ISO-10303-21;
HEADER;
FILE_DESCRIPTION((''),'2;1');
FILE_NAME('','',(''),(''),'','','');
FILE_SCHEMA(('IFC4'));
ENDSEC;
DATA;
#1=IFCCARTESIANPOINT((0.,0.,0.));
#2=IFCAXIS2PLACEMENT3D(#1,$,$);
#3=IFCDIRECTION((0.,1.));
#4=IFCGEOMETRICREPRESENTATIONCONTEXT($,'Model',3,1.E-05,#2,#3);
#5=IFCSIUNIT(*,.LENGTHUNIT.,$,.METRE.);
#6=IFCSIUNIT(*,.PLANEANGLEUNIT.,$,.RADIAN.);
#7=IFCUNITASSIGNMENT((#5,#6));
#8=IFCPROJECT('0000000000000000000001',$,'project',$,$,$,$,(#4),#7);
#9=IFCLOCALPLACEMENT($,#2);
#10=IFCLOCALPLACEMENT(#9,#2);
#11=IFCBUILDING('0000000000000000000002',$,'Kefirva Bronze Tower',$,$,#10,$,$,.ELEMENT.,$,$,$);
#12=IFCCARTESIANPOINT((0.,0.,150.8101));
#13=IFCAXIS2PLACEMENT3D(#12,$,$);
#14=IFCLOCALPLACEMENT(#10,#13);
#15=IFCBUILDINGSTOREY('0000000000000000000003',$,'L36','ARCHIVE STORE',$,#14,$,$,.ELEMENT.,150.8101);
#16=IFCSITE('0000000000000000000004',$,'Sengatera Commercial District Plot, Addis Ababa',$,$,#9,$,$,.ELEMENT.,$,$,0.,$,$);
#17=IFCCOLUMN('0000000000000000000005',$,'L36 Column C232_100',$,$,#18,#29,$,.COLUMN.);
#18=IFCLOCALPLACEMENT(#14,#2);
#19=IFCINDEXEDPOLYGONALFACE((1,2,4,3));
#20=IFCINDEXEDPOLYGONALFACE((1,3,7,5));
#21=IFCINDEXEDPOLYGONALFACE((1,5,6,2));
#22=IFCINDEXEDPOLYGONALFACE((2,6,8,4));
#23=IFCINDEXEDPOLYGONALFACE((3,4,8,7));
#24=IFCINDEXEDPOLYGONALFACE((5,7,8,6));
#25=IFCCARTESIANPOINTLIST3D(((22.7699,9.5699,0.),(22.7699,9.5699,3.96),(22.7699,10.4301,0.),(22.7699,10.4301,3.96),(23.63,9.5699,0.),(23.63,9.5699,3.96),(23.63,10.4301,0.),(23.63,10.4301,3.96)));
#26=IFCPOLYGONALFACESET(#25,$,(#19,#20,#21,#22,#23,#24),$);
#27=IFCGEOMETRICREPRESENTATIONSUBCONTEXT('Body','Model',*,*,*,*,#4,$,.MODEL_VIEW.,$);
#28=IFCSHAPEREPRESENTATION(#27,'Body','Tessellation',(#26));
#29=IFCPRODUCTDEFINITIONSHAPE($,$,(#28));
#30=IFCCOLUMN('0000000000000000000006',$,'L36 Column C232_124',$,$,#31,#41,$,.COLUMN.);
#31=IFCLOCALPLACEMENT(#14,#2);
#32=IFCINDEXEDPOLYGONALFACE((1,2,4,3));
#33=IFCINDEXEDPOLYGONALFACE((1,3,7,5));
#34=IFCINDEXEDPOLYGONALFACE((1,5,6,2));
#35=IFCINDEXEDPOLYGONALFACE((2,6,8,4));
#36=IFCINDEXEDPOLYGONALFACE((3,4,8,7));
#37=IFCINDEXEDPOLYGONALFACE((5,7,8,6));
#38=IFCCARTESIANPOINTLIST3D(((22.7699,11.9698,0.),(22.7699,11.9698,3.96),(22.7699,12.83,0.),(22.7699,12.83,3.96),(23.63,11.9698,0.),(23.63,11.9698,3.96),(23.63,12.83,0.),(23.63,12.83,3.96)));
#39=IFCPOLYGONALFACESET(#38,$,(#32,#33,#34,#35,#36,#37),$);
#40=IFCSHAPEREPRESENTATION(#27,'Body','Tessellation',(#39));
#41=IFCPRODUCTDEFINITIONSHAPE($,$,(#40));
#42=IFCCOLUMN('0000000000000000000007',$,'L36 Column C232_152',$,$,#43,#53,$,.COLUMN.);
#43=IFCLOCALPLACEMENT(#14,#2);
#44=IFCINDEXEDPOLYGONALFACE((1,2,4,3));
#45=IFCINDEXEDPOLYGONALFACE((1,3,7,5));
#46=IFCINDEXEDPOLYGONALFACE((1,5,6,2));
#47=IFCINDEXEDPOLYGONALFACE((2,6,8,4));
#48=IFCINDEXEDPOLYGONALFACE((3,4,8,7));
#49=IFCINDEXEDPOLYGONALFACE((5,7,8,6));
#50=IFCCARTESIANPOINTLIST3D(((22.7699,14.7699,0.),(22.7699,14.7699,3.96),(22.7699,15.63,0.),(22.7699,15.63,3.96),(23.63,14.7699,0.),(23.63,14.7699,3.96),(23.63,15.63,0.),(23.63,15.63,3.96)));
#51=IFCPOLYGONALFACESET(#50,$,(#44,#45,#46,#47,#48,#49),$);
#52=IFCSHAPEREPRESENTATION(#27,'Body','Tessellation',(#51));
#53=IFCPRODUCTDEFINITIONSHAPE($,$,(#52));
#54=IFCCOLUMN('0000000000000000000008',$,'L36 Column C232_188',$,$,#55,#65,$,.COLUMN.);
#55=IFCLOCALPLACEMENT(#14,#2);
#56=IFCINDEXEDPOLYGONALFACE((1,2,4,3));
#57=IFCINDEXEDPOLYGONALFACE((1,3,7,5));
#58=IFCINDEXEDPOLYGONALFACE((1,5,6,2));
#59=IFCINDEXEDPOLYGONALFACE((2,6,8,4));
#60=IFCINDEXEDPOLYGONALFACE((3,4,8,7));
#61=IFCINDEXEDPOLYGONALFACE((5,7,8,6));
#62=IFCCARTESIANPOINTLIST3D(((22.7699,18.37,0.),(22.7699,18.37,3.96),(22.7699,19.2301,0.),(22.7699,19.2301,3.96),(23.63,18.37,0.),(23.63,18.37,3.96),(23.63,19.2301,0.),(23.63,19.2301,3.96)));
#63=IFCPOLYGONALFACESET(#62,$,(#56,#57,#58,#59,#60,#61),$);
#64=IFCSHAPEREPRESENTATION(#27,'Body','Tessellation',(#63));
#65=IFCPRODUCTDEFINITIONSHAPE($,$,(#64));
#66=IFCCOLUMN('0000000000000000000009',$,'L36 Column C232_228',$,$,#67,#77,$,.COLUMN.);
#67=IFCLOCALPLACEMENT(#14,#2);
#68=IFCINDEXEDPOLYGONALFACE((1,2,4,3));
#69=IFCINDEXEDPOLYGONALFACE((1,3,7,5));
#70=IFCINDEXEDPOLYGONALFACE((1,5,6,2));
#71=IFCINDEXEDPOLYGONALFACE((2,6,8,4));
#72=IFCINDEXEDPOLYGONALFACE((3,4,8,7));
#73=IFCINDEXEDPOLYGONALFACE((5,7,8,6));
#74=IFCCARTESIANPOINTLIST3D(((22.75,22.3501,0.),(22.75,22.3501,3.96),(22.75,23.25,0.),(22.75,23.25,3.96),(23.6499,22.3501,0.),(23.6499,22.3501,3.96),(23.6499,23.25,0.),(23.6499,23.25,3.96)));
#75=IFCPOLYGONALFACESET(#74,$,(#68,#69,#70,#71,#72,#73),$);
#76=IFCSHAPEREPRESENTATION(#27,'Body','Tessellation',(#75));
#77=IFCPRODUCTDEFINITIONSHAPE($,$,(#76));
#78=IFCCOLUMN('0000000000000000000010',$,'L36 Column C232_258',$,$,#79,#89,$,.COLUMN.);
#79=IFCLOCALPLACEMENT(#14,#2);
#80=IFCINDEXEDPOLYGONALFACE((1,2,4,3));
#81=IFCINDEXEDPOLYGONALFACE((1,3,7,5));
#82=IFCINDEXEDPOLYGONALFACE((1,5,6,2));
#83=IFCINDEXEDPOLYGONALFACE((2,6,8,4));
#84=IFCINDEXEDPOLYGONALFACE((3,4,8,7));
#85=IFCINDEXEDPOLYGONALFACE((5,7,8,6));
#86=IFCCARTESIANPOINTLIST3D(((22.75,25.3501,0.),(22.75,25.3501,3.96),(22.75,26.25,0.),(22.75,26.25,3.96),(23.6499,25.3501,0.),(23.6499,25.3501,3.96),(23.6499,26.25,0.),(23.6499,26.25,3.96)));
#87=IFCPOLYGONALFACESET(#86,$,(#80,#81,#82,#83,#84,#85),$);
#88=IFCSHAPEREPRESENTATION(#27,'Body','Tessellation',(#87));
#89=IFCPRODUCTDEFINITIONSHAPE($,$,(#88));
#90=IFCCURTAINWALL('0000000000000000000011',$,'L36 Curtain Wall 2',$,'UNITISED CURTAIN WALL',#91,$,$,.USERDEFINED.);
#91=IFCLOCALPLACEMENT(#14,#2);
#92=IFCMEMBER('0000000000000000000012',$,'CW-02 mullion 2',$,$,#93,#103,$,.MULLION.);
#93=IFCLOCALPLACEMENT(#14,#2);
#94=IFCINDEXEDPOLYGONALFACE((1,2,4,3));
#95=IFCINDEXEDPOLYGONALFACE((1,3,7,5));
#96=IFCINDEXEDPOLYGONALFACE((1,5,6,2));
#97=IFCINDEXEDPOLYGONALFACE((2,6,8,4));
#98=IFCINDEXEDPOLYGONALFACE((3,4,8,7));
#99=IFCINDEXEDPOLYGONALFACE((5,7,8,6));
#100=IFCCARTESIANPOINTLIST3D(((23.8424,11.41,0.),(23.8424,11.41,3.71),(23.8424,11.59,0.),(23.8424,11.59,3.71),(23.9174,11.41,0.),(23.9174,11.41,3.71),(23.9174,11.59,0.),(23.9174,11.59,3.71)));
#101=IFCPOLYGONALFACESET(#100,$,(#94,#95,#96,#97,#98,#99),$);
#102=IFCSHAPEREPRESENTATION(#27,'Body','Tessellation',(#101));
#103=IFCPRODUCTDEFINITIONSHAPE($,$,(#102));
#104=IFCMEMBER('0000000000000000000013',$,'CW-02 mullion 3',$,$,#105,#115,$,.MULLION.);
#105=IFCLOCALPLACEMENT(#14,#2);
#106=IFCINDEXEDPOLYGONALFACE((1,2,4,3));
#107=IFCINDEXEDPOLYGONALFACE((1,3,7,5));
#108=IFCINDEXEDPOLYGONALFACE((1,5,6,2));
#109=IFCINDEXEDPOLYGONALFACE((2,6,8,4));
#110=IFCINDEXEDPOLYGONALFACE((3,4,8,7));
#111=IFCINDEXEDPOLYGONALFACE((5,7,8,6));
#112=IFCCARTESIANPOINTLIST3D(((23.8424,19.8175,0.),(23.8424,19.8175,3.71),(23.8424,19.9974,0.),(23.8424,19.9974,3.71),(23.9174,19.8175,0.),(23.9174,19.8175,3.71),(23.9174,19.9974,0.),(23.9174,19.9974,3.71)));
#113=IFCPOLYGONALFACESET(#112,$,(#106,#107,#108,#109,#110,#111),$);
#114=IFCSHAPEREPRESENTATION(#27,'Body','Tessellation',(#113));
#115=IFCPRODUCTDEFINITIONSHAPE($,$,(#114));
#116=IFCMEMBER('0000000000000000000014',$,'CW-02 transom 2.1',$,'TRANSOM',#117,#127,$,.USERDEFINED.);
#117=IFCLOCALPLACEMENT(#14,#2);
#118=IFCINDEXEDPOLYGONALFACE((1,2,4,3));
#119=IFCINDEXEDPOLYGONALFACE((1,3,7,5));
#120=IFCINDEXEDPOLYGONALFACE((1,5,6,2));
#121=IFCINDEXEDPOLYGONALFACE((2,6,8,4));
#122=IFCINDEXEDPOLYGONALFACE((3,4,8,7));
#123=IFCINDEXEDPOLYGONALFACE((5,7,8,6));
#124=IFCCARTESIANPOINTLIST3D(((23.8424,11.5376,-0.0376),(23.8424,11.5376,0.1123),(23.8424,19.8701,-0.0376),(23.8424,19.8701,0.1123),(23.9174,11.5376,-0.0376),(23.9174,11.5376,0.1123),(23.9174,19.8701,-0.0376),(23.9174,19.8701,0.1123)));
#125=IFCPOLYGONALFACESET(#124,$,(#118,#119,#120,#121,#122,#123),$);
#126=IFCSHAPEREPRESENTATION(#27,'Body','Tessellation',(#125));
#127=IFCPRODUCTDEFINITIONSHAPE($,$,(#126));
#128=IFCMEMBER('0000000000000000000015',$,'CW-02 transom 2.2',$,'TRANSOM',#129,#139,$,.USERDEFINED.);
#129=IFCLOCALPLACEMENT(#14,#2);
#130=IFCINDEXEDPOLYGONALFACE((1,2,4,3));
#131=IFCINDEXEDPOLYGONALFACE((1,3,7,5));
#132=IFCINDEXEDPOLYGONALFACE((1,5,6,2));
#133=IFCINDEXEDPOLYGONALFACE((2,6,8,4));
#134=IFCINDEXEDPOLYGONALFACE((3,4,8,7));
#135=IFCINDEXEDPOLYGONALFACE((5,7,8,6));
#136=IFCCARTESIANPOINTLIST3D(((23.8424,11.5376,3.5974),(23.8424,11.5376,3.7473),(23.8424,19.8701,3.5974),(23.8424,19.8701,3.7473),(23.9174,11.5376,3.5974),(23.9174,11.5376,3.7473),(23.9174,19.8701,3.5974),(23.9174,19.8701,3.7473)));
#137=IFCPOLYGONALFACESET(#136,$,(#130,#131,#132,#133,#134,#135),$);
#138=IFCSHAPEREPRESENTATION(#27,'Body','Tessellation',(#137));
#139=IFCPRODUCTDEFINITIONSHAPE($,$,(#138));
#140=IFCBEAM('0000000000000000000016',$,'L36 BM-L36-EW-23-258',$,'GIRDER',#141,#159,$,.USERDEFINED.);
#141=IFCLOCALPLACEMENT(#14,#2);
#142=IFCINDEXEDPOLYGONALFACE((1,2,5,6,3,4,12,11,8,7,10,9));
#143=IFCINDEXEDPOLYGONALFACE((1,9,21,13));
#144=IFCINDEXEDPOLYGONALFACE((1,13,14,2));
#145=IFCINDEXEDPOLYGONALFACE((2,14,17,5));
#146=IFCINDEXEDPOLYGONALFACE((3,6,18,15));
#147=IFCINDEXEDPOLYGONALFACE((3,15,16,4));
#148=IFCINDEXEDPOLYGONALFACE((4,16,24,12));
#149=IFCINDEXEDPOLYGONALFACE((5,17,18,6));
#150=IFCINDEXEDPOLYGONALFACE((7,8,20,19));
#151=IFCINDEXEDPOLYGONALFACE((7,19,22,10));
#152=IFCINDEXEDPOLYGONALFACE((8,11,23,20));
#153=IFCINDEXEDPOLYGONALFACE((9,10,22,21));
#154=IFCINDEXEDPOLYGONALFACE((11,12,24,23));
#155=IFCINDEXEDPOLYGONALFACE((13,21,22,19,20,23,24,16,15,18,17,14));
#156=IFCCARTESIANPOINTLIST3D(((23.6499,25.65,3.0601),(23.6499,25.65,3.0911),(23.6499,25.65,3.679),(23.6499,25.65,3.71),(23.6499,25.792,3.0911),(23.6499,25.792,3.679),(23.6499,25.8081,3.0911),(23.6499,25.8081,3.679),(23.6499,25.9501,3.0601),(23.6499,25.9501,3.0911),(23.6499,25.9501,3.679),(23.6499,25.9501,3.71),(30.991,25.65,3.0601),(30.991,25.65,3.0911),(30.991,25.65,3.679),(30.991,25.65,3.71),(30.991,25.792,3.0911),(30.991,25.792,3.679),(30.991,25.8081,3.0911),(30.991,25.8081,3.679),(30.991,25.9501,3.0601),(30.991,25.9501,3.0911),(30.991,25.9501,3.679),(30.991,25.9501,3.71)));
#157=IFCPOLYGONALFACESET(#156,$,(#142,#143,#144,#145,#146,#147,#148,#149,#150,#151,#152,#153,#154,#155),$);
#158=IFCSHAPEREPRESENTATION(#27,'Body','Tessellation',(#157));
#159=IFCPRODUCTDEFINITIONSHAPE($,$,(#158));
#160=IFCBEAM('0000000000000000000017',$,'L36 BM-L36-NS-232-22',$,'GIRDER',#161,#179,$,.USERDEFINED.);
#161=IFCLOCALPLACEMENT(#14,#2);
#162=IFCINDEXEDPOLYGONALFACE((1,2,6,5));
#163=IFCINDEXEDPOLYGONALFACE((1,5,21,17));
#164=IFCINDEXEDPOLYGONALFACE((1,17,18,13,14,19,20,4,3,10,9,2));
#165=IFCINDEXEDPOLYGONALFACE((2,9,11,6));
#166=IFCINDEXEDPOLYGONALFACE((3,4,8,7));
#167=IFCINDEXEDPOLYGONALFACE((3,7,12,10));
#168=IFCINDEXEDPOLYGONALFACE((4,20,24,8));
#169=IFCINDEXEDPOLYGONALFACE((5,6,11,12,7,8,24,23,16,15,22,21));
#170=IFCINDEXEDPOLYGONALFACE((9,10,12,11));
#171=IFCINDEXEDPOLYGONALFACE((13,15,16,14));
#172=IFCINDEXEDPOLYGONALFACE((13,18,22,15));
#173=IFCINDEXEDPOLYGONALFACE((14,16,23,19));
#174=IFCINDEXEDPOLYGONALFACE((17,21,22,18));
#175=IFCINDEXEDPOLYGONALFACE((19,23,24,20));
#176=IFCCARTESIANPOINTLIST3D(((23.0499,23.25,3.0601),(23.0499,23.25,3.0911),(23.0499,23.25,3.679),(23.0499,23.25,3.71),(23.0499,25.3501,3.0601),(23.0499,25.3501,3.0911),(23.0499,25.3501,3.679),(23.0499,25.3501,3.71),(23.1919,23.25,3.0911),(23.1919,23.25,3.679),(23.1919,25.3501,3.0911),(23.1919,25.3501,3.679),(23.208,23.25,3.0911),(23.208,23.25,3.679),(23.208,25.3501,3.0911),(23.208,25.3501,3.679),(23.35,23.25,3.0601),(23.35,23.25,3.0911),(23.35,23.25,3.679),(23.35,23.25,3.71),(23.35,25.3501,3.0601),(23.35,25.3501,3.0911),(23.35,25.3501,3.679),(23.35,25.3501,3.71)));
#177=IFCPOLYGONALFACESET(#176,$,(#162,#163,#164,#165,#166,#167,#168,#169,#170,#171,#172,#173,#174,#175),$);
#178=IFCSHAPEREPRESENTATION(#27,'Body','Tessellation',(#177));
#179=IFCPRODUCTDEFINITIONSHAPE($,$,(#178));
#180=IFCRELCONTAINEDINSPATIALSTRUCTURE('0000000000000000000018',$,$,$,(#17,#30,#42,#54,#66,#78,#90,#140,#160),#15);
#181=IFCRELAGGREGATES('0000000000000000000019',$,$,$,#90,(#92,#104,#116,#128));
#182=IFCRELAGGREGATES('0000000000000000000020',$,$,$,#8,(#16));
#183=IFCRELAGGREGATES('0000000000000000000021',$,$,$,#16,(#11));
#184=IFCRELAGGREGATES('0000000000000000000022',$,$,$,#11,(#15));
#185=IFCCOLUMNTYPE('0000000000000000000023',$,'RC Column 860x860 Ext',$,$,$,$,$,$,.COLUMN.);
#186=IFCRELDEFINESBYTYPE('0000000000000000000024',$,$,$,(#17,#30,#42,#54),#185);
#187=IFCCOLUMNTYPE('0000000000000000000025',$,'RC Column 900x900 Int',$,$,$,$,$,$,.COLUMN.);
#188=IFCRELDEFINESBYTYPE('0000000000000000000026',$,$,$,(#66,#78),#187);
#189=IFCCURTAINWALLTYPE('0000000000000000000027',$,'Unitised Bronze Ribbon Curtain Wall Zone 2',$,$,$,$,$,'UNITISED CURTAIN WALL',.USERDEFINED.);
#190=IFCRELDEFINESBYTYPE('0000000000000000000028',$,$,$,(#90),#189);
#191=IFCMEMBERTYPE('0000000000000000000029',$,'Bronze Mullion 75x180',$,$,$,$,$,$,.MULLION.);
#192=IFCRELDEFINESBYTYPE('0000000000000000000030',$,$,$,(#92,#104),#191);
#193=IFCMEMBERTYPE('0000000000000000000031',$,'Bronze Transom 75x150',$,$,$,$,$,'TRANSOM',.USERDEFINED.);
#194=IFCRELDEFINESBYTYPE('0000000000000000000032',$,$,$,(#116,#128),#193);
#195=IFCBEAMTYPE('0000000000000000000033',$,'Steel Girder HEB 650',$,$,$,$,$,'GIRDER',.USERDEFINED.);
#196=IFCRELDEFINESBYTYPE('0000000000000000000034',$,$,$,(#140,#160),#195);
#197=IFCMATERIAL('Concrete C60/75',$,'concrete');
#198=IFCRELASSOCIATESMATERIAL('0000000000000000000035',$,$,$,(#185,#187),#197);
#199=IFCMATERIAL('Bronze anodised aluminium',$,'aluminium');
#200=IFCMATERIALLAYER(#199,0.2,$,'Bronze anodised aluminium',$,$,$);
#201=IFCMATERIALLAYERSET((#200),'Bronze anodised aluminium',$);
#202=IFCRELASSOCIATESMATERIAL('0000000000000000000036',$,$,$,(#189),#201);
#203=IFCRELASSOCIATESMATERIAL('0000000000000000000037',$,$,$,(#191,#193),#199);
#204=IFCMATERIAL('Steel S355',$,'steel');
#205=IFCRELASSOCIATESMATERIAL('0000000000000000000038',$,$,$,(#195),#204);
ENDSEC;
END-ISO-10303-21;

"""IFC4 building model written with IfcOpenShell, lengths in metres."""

from ifc_helpers import new_model, si_unit, direction, frame, origin, origin_2d, place, context, subcontext, project, spatial, rectangle, i_section, extrude, material, layer, layer_set, material_profile, profile_set, type_object, element, aggregate, save


model = new_model("IFC4")

# Units and contexts
model_context = context("Model", 3, precision=1e-05, world=origin(), true_north=direction((0.0, 1.0)))
body_context = subcontext(model_context, "Body", "Model", "MODEL_VIEW")
ifc_project = project(units=[si_unit("LENGTHUNIT", "METRE"), si_unit("PLANEANGLEUNIT", "RADIAN")], contexts=[model_context])

# Site, building, storey
site_placement = place(None, origin())
site = spatial("IfcSite", under=ifc_project, at=site_placement, Name="Sengatera Commercial District Plot, Addis Ababa", CompositionType="ELEMENT", RefElevation=0.0)
building_placement = place(site_placement, origin())
building = spatial("IfcBuilding", under=site, at=building_placement, Name="Kefirva Bronze Tower", CompositionType="ELEMENT")
storey_placement = place(building_placement, frame((0.0, 0.0, 150.8101)))
storey = spatial("IfcBuildingStorey", under=building, at=storey_placement, Name="L36", Description="ARCHIVE STORE", CompositionType="ELEMENT", Elevation=150.8101)

# Columns
ifc_material_1 = material(Name="Concrete C60/75", Category="concrete")
ifc_material_profile_1 = material_profile(ifc_material_1, rectangle(XDim=0.8601, YDim=0.8601, at=origin_2d()), Name="RC 860x860")
ifc_profile_set_1 = profile_set([ifc_material_profile_1], Name="Concrete C60/75")
column_type_1 = type_object("IfcColumnType", Name="RC Column 860x860 Ext", PredefinedType="COLUMN", material=ifc_profile_set_1)
for number, where, z_axis, x_axis, name in (
    (1, (23.2, 10.0, 0.0), (0.0, 0.0, 1.0), (1.0, 0.0, 0.0), "L36 Column C232_100"),
    (2, (23.2, 12.3999, 0.0), (0.0, 0.0, 1.0), (1.0, 0.0, 0.0), "L36 Column C232_124"),
    (3, (23.2, 15.2, 0.0), (0.0, 0.0, 1.0), (1.0, 0.0, 0.0), "L36 Column C232_152"),
    (4, (23.2, 18.8, 0.0), (0.0, 0.0, 1.0), (1.0, 0.0, 0.0), "L36 Column C232_188"),
):
    element("IfcColumn", number, at=place(storey_placement, frame(where, z_axis=z_axis, x_axis=x_axis)), inside=storey, type_object=column_type_1, Name=name, PredefinedType="COLUMN", context=body_context, shape_type="SweptSolid", body=[
        extrude(rectangle(XDim=0.8601, YDim=0.8601, at=origin_2d()), origin(), (0.0, 0.0, 1.0), 3.96),
    ])
ifc_material_profile_2 = material_profile(ifc_material_1, rectangle(XDim=0.8999, YDim=0.8999, at=origin_2d()), Name="RC 900x900")
ifc_profile_set_2 = profile_set([ifc_material_profile_2], Name="Concrete C60/75")
column_type_2 = type_object("IfcColumnType", Name="RC Column 900x900 Int", PredefinedType="COLUMN", material=ifc_profile_set_2)
for number, where, z_axis, x_axis, name in (
    (5, (23.2, 22.8, 0.0), (0.0, 0.0, 1.0), (1.0, 0.0, 0.0), "L36 Column C232_228"),
    (6, (23.2, 25.8, 0.0), (0.0, 0.0, 1.0), (1.0, 0.0, 0.0), "L36 Column C232_258"),
):
    element("IfcColumn", number, at=place(storey_placement, frame(where, z_axis=z_axis, x_axis=x_axis)), inside=storey, type_object=column_type_2, Name=name, PredefinedType="COLUMN", context=body_context, shape_type="SweptSolid", body=[
        extrude(rectangle(XDim=0.8999, YDim=0.8999, at=origin_2d()), origin(), (0.0, 0.0, 1.0), 3.96),
    ])

# Curtain wall, members
ifc_material_2 = material(Name="Bronze anodised aluminium", Category="aluminium")
ifc_layer_1 = layer(ifc_material_2, 0.2, Name="Bronze anodised aluminium")
ifc_layer_set_1 = layer_set([ifc_layer_1], Name="Bronze anodised aluminium")
curtain_wall_type = type_object("IfcCurtainWallType", Name="Unitised Bronze Ribbon Curtain Wall Zone 2", ElementType="UNITISED CURTAIN WALL", PredefinedType="USERDEFINED", material=ifc_layer_set_1)
curtain_wall_placement = place(storey_placement, origin())
curtain_wall = element("IfcCurtainWall", 7, at=curtain_wall_placement, inside=storey, type_object=curtain_wall_type, Name="L36 Curtain Wall 2", ObjectType="UNITISED CURTAIN WALL", PredefinedType="USERDEFINED")
ifc_material_profile_3 = material_profile(ifc_material_2, rectangle(XDim=0.075, YDim=0.1799, at=origin_2d()), Name="ALU 75x180")
ifc_profile_set_3 = profile_set([ifc_material_profile_3], Name="Bronze anodised aluminium")
member_type_1 = type_object("IfcMemberType", Name="Bronze Mullion 75x180", PredefinedType="MULLION", material=ifc_profile_set_3)
member_1_placement = place(storey_placement, frame((23.8799, 11.5, 0.0), z_axis=(0.0, 0.0, 1.0), x_axis=(-1.0, 0.0, 0.0)))
member_1 = element("IfcMember", 8, at=member_1_placement, type_object=member_type_1, Name="CW-02 mullion 2", PredefinedType="MULLION", context=body_context, shape_type="SweptSolid", body=[
    extrude(rectangle(XDim=0.075, YDim=0.1799, at=origin_2d()), origin(), (0.0, 0.0, 1.0), 3.71),
])
member_2_placement = place(storey_placement, frame((23.8799, 19.9075, 0.0), z_axis=(0.0, 0.0, 1.0), x_axis=(-1.0, 0.0, 0.0)))
member_2 = element("IfcMember", 9, at=member_2_placement, type_object=member_type_1, Name="CW-02 mullion 3", PredefinedType="MULLION", context=body_context, shape_type="SweptSolid", body=[
    extrude(rectangle(XDim=0.075, YDim=0.1799, at=origin_2d()), origin(), (0.0, 0.0, 1.0), 3.71),
])
ifc_material_profile_4 = material_profile(ifc_material_2, rectangle(XDim=0.075, YDim=0.1499, at=origin_2d()), Name="ALU 75x150")
ifc_profile_set_4 = profile_set([ifc_material_profile_4], Name="Bronze anodised aluminium")
member_type_2 = type_object("IfcMemberType", Name="Bronze Transom 75x150", ElementType="TRANSOM", PredefinedType="USERDEFINED", material=ifc_profile_set_4)
member_3_placement = place(storey_placement, frame((23.8799, 11.5376, 0.0374), z_axis=(0.0, 1.0, 0.0), x_axis=(-1.0, 0.0, 0.0)))
member_3 = element("IfcMember", 10, at=member_3_placement, type_object=member_type_2, Name="CW-02 transom 2.1", ObjectType="TRANSOM", PredefinedType="USERDEFINED", context=body_context, shape_type="SweptSolid", body=[
    extrude(rectangle(XDim=0.075, YDim=0.1499, at=origin_2d()), origin(), (0.0, 0.0, 1.0), 8.3325),
])
member_4_placement = place(storey_placement, frame((23.8799, 11.5376, 3.6724), z_axis=(0.0, 1.0, 0.0), x_axis=(-1.0, 0.0, 0.0)))
member_4 = element("IfcMember", 11, at=member_4_placement, type_object=member_type_2, Name="CW-02 transom 2.2", ObjectType="TRANSOM", PredefinedType="USERDEFINED", context=body_context, shape_type="SweptSolid", body=[
    extrude(rectangle(XDim=0.075, YDim=0.1499, at=origin_2d()), origin(), (0.0, 0.0, 1.0), 8.3325),
])

# Beams
ifc_material_3 = material(Name="Steel S355", Category="steel")
ifc_material_profile_5 = material_profile(ifc_material_3, i_section(OverallWidth=0.3, OverallDepth=0.6499, WebThickness=0.0161, FlangeThickness=0.031, at=origin_2d()), Name="HEB 650")
ifc_profile_set_5 = profile_set([ifc_material_profile_5], Name="Steel S355")
beam_type_1 = type_object("IfcBeamType", Name="Steel Girder HEB 650", ElementType="GIRDER", PredefinedType="USERDEFINED", material=ifc_profile_set_5)
beam_1_placement = place(storey_placement, frame((23.6499, 25.8, 3.385), z_axis=(1.0, 0.0, 0.0), x_axis=(0.0, 1.0, 0.0)))
element("IfcBeam", 12, at=beam_1_placement, inside=storey, type_object=beam_type_1, Name="L36 BM-L36-EW-23-258", ObjectType="GIRDER", PredefinedType="USERDEFINED", context=body_context, shape_type="SweptSolid", body=[
    extrude(i_section(OverallWidth=0.3, OverallDepth=0.6499, WebThickness=0.0161, FlangeThickness=0.031, at=origin_2d()), origin(), (0.0, 0.0, 1.0), 7.3411),
])
beam_2_placement = place(storey_placement, frame((23.2, 23.25, 3.385), z_axis=(0.0, 1.0, 0.0), x_axis=(-1.0, 0.0, 0.0)))
element("IfcBeam", 13, at=beam_2_placement, inside=storey, type_object=beam_type_1, Name="L36 BM-L36-NS-232-22", ObjectType="GIRDER", PredefinedType="USERDEFINED", context=body_context, shape_type="SweptSolid", body=[
    extrude(i_section(OverallWidth=0.3, OverallDepth=0.6499, WebThickness=0.0161, FlangeThickness=0.031, at=origin_2d()), origin(), (0.0, 0.0, 1.0), 2.1001),
])

aggregate(curtain_wall, [member_1, member_2, member_3, member_4])

save(model, "model.ifc")
